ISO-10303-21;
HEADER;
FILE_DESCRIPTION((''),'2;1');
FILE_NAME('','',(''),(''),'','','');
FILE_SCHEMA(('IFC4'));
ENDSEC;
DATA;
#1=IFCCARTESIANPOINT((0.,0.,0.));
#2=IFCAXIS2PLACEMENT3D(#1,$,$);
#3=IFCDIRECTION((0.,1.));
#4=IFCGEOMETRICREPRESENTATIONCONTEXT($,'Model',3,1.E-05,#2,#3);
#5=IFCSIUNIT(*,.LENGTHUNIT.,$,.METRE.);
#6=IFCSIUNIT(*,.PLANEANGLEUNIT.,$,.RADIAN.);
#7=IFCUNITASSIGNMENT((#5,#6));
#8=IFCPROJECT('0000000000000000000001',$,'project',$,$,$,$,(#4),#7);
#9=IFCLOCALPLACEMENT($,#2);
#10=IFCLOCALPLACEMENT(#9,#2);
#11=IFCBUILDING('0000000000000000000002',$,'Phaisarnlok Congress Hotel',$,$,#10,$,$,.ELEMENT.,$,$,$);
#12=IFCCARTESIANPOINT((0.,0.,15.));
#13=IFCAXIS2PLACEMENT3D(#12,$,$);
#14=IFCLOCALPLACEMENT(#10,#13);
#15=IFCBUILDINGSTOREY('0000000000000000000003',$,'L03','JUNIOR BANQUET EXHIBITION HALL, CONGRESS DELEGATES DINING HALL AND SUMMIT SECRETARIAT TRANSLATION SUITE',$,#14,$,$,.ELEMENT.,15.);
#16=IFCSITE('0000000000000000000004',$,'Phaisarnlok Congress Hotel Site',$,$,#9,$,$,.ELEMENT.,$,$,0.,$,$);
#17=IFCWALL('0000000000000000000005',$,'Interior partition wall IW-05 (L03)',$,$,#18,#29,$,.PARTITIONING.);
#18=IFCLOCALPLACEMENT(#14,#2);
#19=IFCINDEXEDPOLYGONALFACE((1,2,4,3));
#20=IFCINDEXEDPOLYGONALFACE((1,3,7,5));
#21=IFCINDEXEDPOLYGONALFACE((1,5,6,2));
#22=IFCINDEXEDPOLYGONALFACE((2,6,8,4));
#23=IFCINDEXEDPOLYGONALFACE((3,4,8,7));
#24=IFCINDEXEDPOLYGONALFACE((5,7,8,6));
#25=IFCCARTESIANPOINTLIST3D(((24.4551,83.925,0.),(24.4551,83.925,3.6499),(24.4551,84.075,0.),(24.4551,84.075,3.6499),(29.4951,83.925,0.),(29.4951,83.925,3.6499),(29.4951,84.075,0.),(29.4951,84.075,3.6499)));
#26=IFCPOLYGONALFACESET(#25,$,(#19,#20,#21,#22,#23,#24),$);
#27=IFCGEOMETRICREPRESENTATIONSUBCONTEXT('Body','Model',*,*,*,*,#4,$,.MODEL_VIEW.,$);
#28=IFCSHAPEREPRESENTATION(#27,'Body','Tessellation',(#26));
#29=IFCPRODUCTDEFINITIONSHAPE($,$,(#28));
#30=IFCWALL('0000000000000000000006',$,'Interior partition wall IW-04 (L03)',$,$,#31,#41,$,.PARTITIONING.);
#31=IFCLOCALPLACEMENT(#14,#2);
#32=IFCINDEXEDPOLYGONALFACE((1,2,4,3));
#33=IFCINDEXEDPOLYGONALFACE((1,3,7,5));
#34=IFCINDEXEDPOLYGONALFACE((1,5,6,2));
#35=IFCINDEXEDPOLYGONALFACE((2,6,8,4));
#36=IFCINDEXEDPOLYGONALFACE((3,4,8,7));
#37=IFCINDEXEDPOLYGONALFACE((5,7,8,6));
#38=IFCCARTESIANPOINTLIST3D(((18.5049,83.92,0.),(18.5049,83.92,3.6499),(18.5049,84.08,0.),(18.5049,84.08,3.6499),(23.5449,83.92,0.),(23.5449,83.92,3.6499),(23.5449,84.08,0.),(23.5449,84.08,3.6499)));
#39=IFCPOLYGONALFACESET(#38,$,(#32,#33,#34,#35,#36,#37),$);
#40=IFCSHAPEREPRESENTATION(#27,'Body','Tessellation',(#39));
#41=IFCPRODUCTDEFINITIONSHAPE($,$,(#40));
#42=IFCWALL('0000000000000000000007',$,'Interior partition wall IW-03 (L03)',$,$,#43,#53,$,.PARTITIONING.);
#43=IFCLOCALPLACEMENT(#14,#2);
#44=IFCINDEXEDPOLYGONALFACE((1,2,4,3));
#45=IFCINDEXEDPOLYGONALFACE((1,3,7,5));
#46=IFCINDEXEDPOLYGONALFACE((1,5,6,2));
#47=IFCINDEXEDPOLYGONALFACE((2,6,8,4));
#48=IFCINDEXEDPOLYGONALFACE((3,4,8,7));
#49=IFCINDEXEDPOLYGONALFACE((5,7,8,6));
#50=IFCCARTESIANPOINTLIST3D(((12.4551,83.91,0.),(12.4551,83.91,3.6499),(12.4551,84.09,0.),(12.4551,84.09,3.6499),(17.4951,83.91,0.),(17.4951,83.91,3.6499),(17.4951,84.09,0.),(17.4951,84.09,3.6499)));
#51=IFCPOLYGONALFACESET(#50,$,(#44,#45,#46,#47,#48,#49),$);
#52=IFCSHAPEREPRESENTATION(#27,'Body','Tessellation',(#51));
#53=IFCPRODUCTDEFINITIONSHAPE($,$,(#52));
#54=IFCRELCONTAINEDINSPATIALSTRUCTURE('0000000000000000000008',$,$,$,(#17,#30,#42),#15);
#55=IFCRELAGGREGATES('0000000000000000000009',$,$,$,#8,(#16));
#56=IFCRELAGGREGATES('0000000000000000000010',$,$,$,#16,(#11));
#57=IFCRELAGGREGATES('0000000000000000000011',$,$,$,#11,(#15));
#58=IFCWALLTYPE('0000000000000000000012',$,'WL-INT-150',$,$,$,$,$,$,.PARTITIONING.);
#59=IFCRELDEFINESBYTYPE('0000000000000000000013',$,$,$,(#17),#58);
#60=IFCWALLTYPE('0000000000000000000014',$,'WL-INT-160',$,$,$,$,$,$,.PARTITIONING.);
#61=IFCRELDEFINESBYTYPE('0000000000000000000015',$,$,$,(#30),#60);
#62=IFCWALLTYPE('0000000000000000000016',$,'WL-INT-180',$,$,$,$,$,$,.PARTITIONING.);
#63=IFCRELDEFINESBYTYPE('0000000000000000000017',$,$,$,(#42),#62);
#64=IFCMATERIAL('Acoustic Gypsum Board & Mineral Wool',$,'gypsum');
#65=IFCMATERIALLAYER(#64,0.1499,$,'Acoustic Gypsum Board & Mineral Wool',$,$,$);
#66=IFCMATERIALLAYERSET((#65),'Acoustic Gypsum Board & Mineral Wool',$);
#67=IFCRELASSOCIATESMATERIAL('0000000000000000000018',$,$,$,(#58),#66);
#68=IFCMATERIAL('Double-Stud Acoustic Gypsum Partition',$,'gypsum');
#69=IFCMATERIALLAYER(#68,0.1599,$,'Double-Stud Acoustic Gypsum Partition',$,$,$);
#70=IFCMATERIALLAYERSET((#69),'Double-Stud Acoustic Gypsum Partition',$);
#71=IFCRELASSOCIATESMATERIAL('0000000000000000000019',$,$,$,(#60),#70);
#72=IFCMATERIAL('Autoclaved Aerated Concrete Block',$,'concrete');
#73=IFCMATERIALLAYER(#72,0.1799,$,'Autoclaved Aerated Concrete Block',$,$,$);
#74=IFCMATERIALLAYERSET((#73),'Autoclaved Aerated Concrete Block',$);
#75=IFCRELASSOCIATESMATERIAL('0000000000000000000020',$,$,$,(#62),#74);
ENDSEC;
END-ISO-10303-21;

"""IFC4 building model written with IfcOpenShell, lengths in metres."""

from ifc_helpers import new_model, si_unit, direction, frame, frame_2d, origin, place, context, subcontext, project, spatial, rectangle, extrude, material, layer, layer_set, type_object, element, save


model = new_model("IFC4")

# Units and contexts
model_context = context("Model", 3, precision=1e-05, world=origin(), true_north=direction((0.0, 1.0)))
body_context = subcontext(model_context, "Body", "Model", "MODEL_VIEW")
ifc_project = project(units=[si_unit("LENGTHUNIT", "METRE"), si_unit("PLANEANGLEUNIT", "RADIAN")], contexts=[model_context])

# Site, building, storey
site_placement = place(None, origin())
site = spatial("IfcSite", under=ifc_project, at=site_placement, Name="Phaisarnlok Congress Hotel Site", CompositionType="ELEMENT", RefElevation=0.0)
building_placement = place(site_placement, origin())
building = spatial("IfcBuilding", under=site, at=building_placement, Name="Phaisarnlok Congress Hotel", CompositionType="ELEMENT")
storey_placement = place(building_placement, frame((0.0, 0.0, 15.0)))
storey = spatial("IfcBuildingStorey", under=building, at=storey_placement, Name="L03", Description="JUNIOR BANQUET EXHIBITION HALL, CONGRESS DELEGATES DINING HALL AND SUMMIT SECRETARIAT TRANSLATION SUITE", CompositionType="ELEMENT", Elevation=15.0)

# Walls
ifc_material_1 = material(Name="Acoustic Gypsum Board & Mineral Wool", Category="gypsum")
ifc_layer_1 = layer(ifc_material_1, 0.1499, Name="Acoustic Gypsum Board & Mineral Wool")
ifc_layer_set_1 = layer_set([ifc_layer_1], Name="Acoustic Gypsum Board & Mineral Wool")
wall_type_1 = type_object("IfcWallType", Name="WL-INT-150", PredefinedType="PARTITIONING", material=ifc_layer_set_1)
wall_1_placement = place(storey_placement, frame((24.4551, 84.0, 0.0), z_axis=(0.0, 0.0, 1.0), x_axis=(1.0, 0.0, 0.0)))
element("IfcWall", 1, at=wall_1_placement, inside=storey, type_object=wall_type_1, Name="Interior partition wall IW-05 (L03)", PredefinedType="PARTITIONING", context=body_context, shape_type="SweptSolid", body=[
    extrude(rectangle(XDim=5.04, YDim=0.1499, at=frame_2d((2.52, 0.0))), origin(), (0.0, 0.0, 1.0), 3.6499),
])
ifc_material_2 = material(Name="Double-Stud Acoustic Gypsum Partition", Category="gypsum")
ifc_layer_2 = layer(ifc_material_2, 0.1599, Name="Double-Stud Acoustic Gypsum Partition")
ifc_layer_set_2 = layer_set([ifc_layer_2], Name="Double-Stud Acoustic Gypsum Partition")
wall_type_2 = type_object("IfcWallType", Name="WL-INT-160", PredefinedType="PARTITIONING", material=ifc_layer_set_2)
wall_2_placement = place(storey_placement, frame((18.5049, 84.0, 0.0), z_axis=(0.0, 0.0, 1.0), x_axis=(1.0, 0.0, 0.0)))
element("IfcWall", 2, at=wall_2_placement, inside=storey, type_object=wall_type_2, Name="Interior partition wall IW-04 (L03)", PredefinedType="PARTITIONING", context=body_context, shape_type="SweptSolid", body=[
    extrude(rectangle(XDim=5.04, YDim=0.1599, at=frame_2d((2.52, 0.0))), origin(), (0.0, 0.0, 1.0), 3.6499),
])
ifc_material_3 = material(Name="Autoclaved Aerated Concrete Block", Category="concrete")
ifc_layer_3 = layer(ifc_material_3, 0.1799, Name="Autoclaved Aerated Concrete Block")
ifc_layer_set_3 = layer_set([ifc_layer_3], Name="Autoclaved Aerated Concrete Block")
wall_type_3 = type_object("IfcWallType", Name="WL-INT-180", PredefinedType="PARTITIONING", material=ifc_layer_set_3)
wall_3_placement = place(storey_placement, frame((12.4551, 84.0, 0.0), z_axis=(0.0, 0.0, 1.0), x_axis=(1.0, 0.0, 0.0)))
element("IfcWall", 3, at=wall_3_placement, inside=storey, type_object=wall_type_3, Name="Interior partition wall IW-03 (L03)", PredefinedType="PARTITIONING", context=body_context, shape_type="SweptSolid", body=[
    extrude(rectangle(XDim=5.04, YDim=0.1799, at=frame_2d((2.52, 0.0))), origin(), (0.0, 0.0, 1.0), 3.6499),
])

save(model, "model.ifc")
